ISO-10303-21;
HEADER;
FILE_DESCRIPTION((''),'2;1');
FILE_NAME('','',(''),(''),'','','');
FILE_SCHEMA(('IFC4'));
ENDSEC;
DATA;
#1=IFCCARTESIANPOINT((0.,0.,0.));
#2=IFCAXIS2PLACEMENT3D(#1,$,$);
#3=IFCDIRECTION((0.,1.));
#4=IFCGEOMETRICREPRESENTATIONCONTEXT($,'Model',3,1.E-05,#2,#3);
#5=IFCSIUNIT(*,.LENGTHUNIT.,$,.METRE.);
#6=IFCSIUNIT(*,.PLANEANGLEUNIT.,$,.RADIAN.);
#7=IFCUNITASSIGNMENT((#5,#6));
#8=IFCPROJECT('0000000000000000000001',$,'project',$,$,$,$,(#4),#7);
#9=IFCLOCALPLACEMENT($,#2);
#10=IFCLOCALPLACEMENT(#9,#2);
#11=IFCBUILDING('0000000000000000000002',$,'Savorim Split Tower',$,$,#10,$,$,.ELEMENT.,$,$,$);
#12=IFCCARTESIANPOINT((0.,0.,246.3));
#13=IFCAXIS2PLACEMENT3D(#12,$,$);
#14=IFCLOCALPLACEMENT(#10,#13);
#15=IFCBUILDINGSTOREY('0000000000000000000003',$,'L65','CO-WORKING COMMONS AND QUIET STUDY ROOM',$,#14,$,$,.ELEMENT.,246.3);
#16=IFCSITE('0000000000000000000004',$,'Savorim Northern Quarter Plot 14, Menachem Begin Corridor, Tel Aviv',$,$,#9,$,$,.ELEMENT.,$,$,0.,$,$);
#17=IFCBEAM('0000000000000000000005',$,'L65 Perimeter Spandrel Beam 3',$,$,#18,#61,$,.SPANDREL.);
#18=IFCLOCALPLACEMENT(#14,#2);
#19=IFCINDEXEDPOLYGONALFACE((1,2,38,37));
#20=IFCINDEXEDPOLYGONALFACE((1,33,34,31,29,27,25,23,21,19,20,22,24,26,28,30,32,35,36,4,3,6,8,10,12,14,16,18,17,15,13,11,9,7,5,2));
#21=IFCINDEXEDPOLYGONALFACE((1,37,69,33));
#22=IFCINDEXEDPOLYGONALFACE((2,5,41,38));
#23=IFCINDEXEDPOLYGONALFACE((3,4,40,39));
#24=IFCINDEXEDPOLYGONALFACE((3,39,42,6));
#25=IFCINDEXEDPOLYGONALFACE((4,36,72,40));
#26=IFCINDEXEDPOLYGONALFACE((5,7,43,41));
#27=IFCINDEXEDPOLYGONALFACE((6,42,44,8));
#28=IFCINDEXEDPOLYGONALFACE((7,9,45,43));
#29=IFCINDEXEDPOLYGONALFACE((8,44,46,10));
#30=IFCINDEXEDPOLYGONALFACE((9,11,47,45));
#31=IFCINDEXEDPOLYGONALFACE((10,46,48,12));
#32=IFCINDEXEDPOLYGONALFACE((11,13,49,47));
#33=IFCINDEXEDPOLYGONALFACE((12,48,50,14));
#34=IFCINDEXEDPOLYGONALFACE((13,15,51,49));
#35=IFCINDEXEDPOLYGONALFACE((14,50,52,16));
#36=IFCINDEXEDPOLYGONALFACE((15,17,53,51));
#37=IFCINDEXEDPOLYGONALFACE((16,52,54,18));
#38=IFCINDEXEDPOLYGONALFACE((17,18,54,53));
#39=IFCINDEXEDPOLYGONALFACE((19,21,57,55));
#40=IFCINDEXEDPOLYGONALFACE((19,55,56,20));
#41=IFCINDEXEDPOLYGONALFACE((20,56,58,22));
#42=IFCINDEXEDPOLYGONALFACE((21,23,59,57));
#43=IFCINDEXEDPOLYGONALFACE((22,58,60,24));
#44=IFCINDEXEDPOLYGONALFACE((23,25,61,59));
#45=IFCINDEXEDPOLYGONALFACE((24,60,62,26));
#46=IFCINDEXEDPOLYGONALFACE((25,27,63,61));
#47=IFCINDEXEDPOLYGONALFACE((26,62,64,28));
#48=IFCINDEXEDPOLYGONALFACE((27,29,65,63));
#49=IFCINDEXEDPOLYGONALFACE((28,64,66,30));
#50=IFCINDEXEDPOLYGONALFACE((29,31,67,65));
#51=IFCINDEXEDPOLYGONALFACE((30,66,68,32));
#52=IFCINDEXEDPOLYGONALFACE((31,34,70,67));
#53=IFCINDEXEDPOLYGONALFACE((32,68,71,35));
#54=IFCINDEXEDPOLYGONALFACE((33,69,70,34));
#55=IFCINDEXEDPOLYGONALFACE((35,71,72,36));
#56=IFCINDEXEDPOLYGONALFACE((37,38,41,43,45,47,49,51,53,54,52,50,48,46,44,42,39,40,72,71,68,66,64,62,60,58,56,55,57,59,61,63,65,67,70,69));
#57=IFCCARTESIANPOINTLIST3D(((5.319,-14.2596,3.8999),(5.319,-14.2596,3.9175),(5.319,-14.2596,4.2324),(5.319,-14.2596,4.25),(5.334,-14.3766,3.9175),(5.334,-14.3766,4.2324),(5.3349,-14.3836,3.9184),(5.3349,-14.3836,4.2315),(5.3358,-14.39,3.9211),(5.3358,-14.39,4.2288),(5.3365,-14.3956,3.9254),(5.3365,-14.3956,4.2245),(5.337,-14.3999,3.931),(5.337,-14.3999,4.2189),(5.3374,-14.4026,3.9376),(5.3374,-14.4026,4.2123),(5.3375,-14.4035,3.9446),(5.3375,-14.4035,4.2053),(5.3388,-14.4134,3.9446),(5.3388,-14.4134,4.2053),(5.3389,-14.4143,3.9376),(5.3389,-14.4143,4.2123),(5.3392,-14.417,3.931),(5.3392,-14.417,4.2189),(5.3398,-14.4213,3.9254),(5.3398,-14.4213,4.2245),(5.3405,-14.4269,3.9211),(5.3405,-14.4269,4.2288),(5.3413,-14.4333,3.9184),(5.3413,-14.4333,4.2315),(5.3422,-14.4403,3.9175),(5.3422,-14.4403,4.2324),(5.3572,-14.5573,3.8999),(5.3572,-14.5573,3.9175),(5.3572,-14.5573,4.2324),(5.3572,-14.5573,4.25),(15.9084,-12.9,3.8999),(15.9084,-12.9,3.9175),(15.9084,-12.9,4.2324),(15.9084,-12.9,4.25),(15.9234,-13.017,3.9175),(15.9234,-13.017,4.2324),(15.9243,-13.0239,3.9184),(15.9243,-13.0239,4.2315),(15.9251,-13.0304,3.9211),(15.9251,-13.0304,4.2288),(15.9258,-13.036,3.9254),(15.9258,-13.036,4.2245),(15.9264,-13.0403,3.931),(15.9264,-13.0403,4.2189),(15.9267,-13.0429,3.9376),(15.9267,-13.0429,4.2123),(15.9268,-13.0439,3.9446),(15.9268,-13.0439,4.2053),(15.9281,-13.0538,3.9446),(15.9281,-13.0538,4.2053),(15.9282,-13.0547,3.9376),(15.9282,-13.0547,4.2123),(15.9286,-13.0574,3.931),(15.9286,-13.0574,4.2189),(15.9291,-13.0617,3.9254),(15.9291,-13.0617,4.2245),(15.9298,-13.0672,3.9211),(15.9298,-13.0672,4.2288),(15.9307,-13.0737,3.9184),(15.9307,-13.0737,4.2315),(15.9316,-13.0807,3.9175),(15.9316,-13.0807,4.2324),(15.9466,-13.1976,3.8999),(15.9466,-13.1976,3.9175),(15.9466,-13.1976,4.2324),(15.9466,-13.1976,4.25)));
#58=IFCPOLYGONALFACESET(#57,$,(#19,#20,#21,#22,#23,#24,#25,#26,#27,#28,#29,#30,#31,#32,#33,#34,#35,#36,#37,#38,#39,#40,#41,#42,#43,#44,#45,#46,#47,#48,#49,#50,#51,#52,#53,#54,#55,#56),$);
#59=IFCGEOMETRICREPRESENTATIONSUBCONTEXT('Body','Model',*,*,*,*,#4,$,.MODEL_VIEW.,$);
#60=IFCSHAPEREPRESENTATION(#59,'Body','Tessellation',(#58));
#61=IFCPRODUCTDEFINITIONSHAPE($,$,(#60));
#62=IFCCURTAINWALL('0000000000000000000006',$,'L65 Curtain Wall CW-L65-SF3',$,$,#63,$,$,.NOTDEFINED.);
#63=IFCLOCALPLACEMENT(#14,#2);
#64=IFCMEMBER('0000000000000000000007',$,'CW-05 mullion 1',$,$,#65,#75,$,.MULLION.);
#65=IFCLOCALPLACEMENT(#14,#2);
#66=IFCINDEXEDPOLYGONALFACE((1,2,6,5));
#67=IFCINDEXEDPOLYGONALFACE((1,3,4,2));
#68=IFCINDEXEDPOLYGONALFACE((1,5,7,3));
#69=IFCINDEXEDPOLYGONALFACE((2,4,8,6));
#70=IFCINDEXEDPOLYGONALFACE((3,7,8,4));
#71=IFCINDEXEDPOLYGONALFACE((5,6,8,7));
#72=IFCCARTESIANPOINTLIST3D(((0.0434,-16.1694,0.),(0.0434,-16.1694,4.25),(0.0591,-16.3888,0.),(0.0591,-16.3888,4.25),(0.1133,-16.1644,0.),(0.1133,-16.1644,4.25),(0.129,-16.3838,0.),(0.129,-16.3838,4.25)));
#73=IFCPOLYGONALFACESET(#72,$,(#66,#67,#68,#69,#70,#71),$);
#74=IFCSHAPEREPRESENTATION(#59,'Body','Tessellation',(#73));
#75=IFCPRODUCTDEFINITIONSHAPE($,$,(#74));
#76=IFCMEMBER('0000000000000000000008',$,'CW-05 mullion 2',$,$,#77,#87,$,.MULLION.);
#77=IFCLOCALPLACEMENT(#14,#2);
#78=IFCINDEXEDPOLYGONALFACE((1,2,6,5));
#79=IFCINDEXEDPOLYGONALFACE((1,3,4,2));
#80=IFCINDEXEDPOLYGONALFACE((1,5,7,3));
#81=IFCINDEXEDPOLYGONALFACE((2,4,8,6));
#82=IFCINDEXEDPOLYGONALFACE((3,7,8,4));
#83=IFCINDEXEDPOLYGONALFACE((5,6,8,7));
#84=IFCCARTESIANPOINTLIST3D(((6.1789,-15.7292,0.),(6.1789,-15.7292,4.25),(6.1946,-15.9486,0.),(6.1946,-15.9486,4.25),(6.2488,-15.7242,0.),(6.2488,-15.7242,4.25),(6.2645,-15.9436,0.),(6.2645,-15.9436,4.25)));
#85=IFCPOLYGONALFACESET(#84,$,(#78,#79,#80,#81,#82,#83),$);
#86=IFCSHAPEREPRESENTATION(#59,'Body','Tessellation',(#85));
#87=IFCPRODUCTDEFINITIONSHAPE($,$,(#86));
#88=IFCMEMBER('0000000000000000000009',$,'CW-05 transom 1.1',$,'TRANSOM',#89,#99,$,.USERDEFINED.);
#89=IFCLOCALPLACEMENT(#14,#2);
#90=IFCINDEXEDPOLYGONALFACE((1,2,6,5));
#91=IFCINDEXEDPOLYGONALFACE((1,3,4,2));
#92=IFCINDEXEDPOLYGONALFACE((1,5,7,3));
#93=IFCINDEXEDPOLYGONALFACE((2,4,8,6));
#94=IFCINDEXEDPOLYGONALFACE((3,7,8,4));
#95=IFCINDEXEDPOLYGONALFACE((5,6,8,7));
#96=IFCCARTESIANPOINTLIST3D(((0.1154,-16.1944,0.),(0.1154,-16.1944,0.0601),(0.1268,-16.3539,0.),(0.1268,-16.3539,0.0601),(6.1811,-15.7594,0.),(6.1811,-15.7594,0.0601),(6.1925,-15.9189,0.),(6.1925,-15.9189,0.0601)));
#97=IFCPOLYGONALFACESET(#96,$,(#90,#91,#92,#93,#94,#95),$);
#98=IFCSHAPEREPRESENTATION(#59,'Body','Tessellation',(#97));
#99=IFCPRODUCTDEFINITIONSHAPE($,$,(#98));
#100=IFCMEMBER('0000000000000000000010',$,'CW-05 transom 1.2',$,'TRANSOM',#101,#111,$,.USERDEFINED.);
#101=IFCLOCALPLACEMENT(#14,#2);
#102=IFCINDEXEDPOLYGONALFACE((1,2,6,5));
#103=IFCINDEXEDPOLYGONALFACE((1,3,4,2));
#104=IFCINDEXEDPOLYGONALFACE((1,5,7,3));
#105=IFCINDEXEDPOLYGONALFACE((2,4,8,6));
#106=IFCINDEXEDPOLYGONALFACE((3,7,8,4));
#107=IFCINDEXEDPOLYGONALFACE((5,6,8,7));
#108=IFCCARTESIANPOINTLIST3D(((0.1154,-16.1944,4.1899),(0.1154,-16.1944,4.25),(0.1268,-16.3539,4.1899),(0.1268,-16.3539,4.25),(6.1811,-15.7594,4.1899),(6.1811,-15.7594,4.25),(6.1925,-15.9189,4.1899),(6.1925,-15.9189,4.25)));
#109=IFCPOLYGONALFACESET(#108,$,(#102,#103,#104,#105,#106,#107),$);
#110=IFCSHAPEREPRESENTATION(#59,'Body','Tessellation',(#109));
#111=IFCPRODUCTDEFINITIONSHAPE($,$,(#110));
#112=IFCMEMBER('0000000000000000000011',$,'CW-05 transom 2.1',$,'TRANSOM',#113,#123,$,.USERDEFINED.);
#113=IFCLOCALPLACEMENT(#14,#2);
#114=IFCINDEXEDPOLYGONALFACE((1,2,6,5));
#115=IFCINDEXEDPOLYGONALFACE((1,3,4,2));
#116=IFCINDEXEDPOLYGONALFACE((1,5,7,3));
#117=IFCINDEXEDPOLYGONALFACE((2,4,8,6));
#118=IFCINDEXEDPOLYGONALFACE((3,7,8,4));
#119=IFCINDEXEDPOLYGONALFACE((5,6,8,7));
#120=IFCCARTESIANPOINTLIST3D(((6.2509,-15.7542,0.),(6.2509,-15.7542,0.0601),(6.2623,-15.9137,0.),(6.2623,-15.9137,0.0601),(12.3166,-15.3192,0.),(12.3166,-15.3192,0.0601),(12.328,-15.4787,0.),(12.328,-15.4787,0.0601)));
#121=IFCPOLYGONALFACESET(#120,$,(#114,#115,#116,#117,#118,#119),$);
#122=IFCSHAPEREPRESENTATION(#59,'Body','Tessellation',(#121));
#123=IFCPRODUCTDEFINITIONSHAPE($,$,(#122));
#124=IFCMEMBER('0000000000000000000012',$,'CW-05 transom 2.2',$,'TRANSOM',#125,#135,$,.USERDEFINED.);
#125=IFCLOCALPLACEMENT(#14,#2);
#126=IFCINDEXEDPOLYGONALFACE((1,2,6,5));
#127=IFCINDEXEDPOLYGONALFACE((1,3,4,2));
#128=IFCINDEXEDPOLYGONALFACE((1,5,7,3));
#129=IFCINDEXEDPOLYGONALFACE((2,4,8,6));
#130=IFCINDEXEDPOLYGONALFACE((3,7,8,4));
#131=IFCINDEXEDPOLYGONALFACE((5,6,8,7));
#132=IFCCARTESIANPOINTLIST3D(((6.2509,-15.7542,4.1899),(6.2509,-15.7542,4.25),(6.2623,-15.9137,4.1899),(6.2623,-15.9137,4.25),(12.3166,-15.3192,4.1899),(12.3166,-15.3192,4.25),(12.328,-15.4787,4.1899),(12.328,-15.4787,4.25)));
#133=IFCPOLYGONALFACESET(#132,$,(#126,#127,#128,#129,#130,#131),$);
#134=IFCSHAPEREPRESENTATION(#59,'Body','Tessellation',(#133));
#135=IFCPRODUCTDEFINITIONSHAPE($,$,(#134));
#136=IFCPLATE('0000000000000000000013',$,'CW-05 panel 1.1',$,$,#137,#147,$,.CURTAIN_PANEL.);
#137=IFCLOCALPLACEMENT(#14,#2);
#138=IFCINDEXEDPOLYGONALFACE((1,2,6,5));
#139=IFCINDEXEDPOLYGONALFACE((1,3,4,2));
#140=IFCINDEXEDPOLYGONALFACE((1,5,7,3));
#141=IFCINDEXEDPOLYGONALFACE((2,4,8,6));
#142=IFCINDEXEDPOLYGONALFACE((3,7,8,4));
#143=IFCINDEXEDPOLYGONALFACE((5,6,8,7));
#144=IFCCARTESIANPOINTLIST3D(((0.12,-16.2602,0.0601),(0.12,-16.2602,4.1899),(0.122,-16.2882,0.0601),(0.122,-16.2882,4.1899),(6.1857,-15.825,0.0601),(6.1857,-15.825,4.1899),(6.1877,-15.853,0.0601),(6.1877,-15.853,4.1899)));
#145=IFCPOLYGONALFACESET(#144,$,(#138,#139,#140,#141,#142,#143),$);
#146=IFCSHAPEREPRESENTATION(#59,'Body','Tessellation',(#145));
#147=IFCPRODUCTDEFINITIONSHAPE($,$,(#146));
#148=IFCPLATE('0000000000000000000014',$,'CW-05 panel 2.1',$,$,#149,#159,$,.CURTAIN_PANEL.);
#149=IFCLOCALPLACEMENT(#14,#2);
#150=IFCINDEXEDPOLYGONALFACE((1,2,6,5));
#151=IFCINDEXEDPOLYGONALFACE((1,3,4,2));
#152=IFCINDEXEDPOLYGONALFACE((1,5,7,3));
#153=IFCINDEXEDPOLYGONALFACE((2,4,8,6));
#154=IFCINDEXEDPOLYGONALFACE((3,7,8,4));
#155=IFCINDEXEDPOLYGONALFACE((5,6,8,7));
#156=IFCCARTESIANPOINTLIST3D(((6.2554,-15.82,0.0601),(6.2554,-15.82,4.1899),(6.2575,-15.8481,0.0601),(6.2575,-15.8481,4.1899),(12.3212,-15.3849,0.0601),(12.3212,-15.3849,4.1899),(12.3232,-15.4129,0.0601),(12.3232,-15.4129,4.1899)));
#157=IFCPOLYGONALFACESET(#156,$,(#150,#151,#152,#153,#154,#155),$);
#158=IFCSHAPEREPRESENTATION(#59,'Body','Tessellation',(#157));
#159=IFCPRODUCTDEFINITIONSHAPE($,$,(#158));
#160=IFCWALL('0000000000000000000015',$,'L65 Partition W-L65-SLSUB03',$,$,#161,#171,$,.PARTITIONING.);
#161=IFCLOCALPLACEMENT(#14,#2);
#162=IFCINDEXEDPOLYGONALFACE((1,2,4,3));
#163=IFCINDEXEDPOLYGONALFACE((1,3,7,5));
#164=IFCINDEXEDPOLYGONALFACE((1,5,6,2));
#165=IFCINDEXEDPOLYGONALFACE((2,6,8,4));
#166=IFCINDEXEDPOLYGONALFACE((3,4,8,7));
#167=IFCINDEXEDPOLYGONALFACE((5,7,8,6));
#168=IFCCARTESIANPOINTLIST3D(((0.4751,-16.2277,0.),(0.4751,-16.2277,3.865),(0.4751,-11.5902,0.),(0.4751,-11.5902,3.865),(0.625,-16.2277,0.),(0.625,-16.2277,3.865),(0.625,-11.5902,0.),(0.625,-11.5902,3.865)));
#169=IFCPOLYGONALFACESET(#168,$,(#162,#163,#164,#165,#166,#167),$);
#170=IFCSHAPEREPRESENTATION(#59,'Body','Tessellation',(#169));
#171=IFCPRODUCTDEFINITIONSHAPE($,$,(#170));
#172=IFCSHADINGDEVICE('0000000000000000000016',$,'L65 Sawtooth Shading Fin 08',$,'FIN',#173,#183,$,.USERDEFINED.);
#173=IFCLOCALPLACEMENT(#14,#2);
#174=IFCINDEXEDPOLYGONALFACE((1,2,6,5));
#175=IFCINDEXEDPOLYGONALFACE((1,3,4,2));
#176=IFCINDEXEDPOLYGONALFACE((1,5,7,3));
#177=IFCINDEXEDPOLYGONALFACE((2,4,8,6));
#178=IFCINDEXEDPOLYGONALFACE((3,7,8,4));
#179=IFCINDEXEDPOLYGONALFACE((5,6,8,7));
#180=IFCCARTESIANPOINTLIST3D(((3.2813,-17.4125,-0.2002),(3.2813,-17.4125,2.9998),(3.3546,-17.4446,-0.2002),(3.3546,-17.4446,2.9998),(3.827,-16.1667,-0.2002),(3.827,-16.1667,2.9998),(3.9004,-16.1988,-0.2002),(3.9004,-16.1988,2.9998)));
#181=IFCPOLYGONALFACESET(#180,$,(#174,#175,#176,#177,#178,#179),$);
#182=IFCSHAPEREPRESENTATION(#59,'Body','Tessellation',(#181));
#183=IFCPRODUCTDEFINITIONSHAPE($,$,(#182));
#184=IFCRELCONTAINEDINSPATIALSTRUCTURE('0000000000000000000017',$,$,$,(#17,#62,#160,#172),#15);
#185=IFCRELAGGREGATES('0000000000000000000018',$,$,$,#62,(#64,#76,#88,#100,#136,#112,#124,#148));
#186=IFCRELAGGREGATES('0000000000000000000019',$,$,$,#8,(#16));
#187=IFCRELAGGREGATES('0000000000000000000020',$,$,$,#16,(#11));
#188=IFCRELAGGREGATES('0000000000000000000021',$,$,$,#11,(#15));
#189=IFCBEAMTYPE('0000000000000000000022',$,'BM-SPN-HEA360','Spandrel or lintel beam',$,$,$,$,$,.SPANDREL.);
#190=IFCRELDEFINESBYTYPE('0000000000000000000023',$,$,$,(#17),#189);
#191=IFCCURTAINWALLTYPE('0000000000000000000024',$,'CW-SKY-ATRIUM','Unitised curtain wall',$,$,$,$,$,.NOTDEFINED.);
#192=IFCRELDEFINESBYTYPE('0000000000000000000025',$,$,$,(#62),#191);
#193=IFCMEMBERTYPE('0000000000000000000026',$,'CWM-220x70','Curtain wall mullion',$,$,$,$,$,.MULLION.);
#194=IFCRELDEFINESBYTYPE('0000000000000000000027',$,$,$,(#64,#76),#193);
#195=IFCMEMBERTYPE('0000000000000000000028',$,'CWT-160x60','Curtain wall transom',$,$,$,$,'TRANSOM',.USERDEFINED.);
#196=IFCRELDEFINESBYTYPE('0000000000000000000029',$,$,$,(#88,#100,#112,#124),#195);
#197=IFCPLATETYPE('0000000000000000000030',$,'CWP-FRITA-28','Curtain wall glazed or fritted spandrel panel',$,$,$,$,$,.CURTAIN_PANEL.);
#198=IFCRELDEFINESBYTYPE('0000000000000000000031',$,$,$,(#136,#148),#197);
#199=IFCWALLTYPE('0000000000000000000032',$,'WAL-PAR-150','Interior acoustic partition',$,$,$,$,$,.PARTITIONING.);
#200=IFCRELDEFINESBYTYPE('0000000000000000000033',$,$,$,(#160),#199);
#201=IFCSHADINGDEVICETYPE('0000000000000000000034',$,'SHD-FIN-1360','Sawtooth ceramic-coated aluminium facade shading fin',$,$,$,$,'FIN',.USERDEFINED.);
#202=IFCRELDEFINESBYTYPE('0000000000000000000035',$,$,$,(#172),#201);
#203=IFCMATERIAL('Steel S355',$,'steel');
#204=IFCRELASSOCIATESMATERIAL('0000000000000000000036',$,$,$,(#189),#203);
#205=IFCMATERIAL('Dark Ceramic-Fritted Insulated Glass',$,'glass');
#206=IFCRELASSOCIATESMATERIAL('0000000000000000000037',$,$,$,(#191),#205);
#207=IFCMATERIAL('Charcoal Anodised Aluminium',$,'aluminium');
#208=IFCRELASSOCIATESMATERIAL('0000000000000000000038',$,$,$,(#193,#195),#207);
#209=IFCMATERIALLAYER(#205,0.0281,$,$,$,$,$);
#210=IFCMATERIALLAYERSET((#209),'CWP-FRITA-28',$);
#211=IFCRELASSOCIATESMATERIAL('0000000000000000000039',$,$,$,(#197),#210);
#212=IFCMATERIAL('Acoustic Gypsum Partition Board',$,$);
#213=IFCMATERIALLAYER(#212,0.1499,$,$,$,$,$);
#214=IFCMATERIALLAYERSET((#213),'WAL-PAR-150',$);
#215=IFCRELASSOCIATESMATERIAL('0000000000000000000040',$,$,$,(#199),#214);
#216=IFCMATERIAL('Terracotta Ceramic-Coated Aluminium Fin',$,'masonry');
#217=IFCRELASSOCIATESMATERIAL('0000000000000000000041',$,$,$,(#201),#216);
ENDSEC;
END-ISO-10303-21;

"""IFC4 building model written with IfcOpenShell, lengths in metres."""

from ifc_helpers import new_model, si_unit, direction, frame, frame_2d, origin, origin_2d, place, context, subcontext, project, spatial, rectangle, i_section, extrude, material, layer, layer_set, material_profile, profile_set, type_object, element, aggregate, save


model = new_model("IFC4")

# Units and contexts
model_context = context("Model", 3, precision=1e-05, world=origin(), true_north=direction((0.0, 1.0)))
body_context = subcontext(model_context, "Body", "Model", "MODEL_VIEW")
ifc_project = project(units=[si_unit("LENGTHUNIT", "METRE"), si_unit("PLANEANGLEUNIT", "RADIAN")], contexts=[model_context])

# Site, building, storey
site_placement = place(None, origin())
site = spatial("IfcSite", under=ifc_project, at=site_placement, Name="Savorim Northern Quarter Plot 14, Menachem Begin Corridor, Tel Aviv", CompositionType="ELEMENT", RefElevation=0.0)
building_placement = place(site_placement, origin())
building = spatial("IfcBuilding", under=site, at=building_placement, Name="Savorim Split Tower", CompositionType="ELEMENT")
storey_placement = place(building_placement, frame((0.0, 0.0, 246.3)))
storey = spatial("IfcBuildingStorey", under=building, at=storey_placement, Name="L65", Description="CO-WORKING COMMONS AND QUIET STUDY ROOM", CompositionType="ELEMENT", Elevation=246.3)

# Shared definitions
ifc_material_1 = material(Name="Steel S355", Category="steel")

# Beam
ifc_material_profile_1 = material_profile(ifc_material_1, i_section(OverallWidth=0.3, OverallDepth=0.3501, WebThickness=0.01, FlangeThickness=0.0176, FilletRadius=0.0271, at=origin_2d()), Name="HEA 360")
ifc_profile_set_1 = profile_set([ifc_material_profile_1], Name="Steel S355")
beam_type_1 = type_object("IfcBeamType", Name="BM-SPN-HEA360", Description="Spandrel or lintel beam", PredefinedType="SPANDREL", material=ifc_profile_set_1)
beam_1_placement = place(storey_placement, frame((5.3381, -14.4084, 4.075), z_axis=(0.991858, 0.127349, 0.0), x_axis=(-0.127349, 0.991858, 0.0)))
element("IfcBeam", 1, at=beam_1_placement, inside=storey, type_object=beam_type_1, Name="L65 Perimeter Spandrel Beam 3", PredefinedType="SPANDREL", context=body_context, shape_type="SweptSolid", body=[
    extrude(i_section(OverallWidth=0.3, OverallDepth=0.3501, WebThickness=0.01, FlangeThickness=0.0176, FilletRadius=0.0271, at=origin_2d()), origin(), (0.0, 0.0, 1.0), 10.6763),
])

# Curtain wall, members, plates
ifc_material_2 = material(Name="Dark Ceramic-Fritted Insulated Glass", Category="glass")
curtain_wall_type = type_object("IfcCurtainWallType", Name="CW-SKY-ATRIUM", Description="Unitised curtain wall", PredefinedType="NOTDEFINED", material=ifc_material_2)
curtain_wall_placement = place(storey_placement, origin())
curtain_wall = element("IfcCurtainWall", 2, at=curtain_wall_placement, inside=storey, type_object=curtain_wall_type, Name="L65 Curtain Wall CW-L65-SF3", PredefinedType="NOTDEFINED")
ifc_material_3 = material(Name="Charcoal Anodised Aluminium", Category="aluminium")
ifc_material_profile_2 = material_profile(ifc_material_3, rectangle(XDim=0.22, YDim=0.0701, at=origin_2d()), Name="ALU-M 220x70")
ifc_profile_set_2 = profile_set([ifc_material_profile_2], Name="Charcoal Anodised Aluminium")
member_type_1 = type_object("IfcMemberType", Name="CWM-220x70", Description="Curtain wall mullion", PredefinedType="MULLION", material=ifc_profile_set_2)
member_1_placement = place(storey_placement, frame((0.0862, -16.2766, 0.0), z_axis=(0.0, 0.0, 1.0), x_axis=(-0.071562, 0.997436, 0.0)))
member_1 = element("IfcMember", 3, at=member_1_placement, type_object=member_type_1, Name="CW-05 mullion 1", PredefinedType="MULLION", context=body_context, shape_type="SweptSolid", body=[
    extrude(rectangle(XDim=0.22, YDim=0.0701, at=origin_2d()), origin(), (0.0, 0.0, 1.0), 4.25),
])
member_2_placement = place(storey_placement, frame((6.2217, -15.8364, 0.0), z_axis=(0.0, 0.0, 1.0), x_axis=(-0.071562, 0.997436, 0.0)))
member_2 = element("IfcMember", 4, at=member_2_placement, type_object=member_type_1, Name="CW-05 mullion 2", PredefinedType="MULLION", context=body_context, shape_type="SweptSolid", body=[
    extrude(rectangle(XDim=0.22, YDim=0.0701, at=origin_2d()), origin(), (0.0, 0.0, 1.0), 4.25),
])
ifc_material_profile_3 = material_profile(ifc_material_3, rectangle(XDim=0.1599, YDim=0.0601, at=origin_2d()), Name="ALU-T 160x60")
ifc_profile_set_3 = profile_set([ifc_material_profile_3], Name="Charcoal Anodised Aluminium")
member_type_2 = type_object("IfcMemberType", Name="CWT-160x60", Description="Curtain wall transom", ElementType="TRANSOM", PredefinedType="USERDEFINED", material=ifc_profile_set_3)
member_3_placement = place(storey_placement, frame((0.1211, -16.2742, 0.03), z_axis=(0.997438, 0.071541, 0.0), x_axis=(-0.071541, 0.997438, 0.0)))
member_3 = element("IfcMember", 5, at=member_3_placement, type_object=member_type_2, Name="CW-05 transom 1.1", ObjectType="TRANSOM", PredefinedType="USERDEFINED", context=body_context, shape_type="SweptSolid", body=[
    extrude(rectangle(XDim=0.1599, YDim=0.0601, at=origin_2d()), origin(), (0.0, 0.0, 1.0), 6.0813),
])
member_4_placement = place(storey_placement, frame((0.1211, -16.2742, 4.22), z_axis=(0.997438, 0.071541, 0.0), x_axis=(-0.071541, 0.997438, 0.0)))
member_4 = element("IfcMember", 6, at=member_4_placement, type_object=member_type_2, Name="CW-05 transom 1.2", ObjectType="TRANSOM", PredefinedType="USERDEFINED", context=body_context, shape_type="SweptSolid", body=[
    extrude(rectangle(XDim=0.1599, YDim=0.0601, at=origin_2d()), origin(), (0.0, 0.0, 1.0), 6.0813),
])
member_5_placement = place(storey_placement, frame((6.2566, -15.834, 0.03), z_axis=(0.997438, 0.071541, 0.0), x_axis=(-0.071541, 0.997438, 0.0)))
member_5 = element("IfcMember", 7, at=member_5_placement, type_object=member_type_2, Name="CW-05 transom 2.1", ObjectType="TRANSOM", PredefinedType="USERDEFINED", context=body_context, shape_type="SweptSolid", body=[
    extrude(rectangle(XDim=0.1599, YDim=0.0601, at=origin_2d()), origin(), (0.0, 0.0, 1.0), 6.0813),
])
member_6_placement = place(storey_placement, frame((6.2566, -15.834, 4.22), z_axis=(0.997438, 0.071541, 0.0), x_axis=(-0.071541, 0.997438, 0.0)))
member_6 = element("IfcMember", 8, at=member_6_placement, type_object=member_type_2, Name="CW-05 transom 2.2", ObjectType="TRANSOM", PredefinedType="USERDEFINED", context=body_context, shape_type="SweptSolid", body=[
    extrude(rectangle(XDim=0.1599, YDim=0.0601, at=origin_2d()), origin(), (0.0, 0.0, 1.0), 6.0813),
])
ifc_layer_1 = layer(ifc_material_2, 0.0281)
ifc_layer_set_1 = layer_set([ifc_layer_1], Name="CWP-FRITA-28")
plate_type = type_object("IfcPlateType", Name="CWP-FRITA-28", Description="Curtain wall glazed or fritted spandrel panel", PredefinedType="CURTAIN_PANEL", material=ifc_layer_set_1)
plate_1_placement = place(storey_placement, frame((3.1538, -16.0566, 0.0601), z_axis=(0.0, 0.0, 1.0), x_axis=(0.997436, 0.071562, 0.0)))
plate_1 = element("IfcPlate", 9, at=plate_1_placement, type_object=plate_type, Name="CW-05 panel 1.1", PredefinedType="CURTAIN_PANEL", context=body_context, shape_type="SweptSolid", body=[
    extrude(rectangle(XDim=6.0813, YDim=0.0281, at=origin_2d()), origin(), (0.0, 0.0, 1.0), 4.1299),
])
plate_2_placement = place(storey_placement, frame((9.2893, -15.6165, 0.0601), z_axis=(0.0, 0.0, 1.0), x_axis=(0.997436, 0.071562, 0.0)))
plate_2 = element("IfcPlate", 10, at=plate_2_placement, type_object=plate_type, Name="CW-05 panel 2.1", PredefinedType="CURTAIN_PANEL", context=body_context, shape_type="SweptSolid", body=[
    extrude(rectangle(XDim=6.0813, YDim=0.0281, at=origin_2d()), origin(), (0.0, 0.0, 1.0), 4.1299),
])
aggregate(curtain_wall, [member_1, member_2, member_3, member_4, plate_1, member_5, member_6, plate_2])

# Wall
ifc_material_4 = material(Name="Acoustic Gypsum Partition Board")
ifc_layer_2 = layer(ifc_material_4, 0.1499)
ifc_layer_set_2 = layer_set([ifc_layer_2], Name="WAL-PAR-150")
wall_type = type_object("IfcWallType", Name="WAL-PAR-150", Description="Interior acoustic partition", PredefinedType="PARTITIONING", material=ifc_layer_set_2)
wall_placement = place(storey_placement, frame((0.55, -11.5901, 0.0), z_axis=(0.0, 0.0, 1.0), x_axis=(0.0, -1.0, 0.0)))
element("IfcWall", 11, at=wall_placement, inside=storey, type_object=wall_type, Name="L65 Partition W-L65-SLSUB03", PredefinedType="PARTITIONING", context=body_context, shape_type="SweptSolid", body=[
    extrude(rectangle(XDim=4.6375, YDim=0.1499, at=frame_2d((2.3188, 0.0))), origin(), (0.0, 0.0, 1.0), 3.865),
])

# Shading device
ifc_material_5 = material(Name="Terracotta Ceramic-Coated Aluminium Fin", Category="masonry")
shading_device_type = type_object("IfcShadingDeviceType", Name="SHD-FIN-1360", Description="Sawtooth ceramic-coated aluminium facade shading fin", ElementType="FIN", PredefinedType="USERDEFINED", material=ifc_material_5)
for number, where, z_axis, x_axis, name in (
    (12, (3.5908, -16.8057, -0.2002), (0.0, 0.0, 1.0), (-0.40123, -0.915977, 0.0), "L65 Sawtooth Shading Fin 08"),
):
    element("IfcShadingDevice", number, at=place(storey_placement, frame(where, z_axis=z_axis, x_axis=x_axis)), inside=storey, type_object=shading_device_type, Name=name, ObjectType="FIN", PredefinedType="USERDEFINED", context=body_context, shape_type="SweptSolid", body=[
        extrude(rectangle(XDim=1.3601, YDim=0.0801, at=origin_2d()), origin(), (0.0, 0.0, 1.0), 3.2),
    ])

save(model, "model.ifc")
